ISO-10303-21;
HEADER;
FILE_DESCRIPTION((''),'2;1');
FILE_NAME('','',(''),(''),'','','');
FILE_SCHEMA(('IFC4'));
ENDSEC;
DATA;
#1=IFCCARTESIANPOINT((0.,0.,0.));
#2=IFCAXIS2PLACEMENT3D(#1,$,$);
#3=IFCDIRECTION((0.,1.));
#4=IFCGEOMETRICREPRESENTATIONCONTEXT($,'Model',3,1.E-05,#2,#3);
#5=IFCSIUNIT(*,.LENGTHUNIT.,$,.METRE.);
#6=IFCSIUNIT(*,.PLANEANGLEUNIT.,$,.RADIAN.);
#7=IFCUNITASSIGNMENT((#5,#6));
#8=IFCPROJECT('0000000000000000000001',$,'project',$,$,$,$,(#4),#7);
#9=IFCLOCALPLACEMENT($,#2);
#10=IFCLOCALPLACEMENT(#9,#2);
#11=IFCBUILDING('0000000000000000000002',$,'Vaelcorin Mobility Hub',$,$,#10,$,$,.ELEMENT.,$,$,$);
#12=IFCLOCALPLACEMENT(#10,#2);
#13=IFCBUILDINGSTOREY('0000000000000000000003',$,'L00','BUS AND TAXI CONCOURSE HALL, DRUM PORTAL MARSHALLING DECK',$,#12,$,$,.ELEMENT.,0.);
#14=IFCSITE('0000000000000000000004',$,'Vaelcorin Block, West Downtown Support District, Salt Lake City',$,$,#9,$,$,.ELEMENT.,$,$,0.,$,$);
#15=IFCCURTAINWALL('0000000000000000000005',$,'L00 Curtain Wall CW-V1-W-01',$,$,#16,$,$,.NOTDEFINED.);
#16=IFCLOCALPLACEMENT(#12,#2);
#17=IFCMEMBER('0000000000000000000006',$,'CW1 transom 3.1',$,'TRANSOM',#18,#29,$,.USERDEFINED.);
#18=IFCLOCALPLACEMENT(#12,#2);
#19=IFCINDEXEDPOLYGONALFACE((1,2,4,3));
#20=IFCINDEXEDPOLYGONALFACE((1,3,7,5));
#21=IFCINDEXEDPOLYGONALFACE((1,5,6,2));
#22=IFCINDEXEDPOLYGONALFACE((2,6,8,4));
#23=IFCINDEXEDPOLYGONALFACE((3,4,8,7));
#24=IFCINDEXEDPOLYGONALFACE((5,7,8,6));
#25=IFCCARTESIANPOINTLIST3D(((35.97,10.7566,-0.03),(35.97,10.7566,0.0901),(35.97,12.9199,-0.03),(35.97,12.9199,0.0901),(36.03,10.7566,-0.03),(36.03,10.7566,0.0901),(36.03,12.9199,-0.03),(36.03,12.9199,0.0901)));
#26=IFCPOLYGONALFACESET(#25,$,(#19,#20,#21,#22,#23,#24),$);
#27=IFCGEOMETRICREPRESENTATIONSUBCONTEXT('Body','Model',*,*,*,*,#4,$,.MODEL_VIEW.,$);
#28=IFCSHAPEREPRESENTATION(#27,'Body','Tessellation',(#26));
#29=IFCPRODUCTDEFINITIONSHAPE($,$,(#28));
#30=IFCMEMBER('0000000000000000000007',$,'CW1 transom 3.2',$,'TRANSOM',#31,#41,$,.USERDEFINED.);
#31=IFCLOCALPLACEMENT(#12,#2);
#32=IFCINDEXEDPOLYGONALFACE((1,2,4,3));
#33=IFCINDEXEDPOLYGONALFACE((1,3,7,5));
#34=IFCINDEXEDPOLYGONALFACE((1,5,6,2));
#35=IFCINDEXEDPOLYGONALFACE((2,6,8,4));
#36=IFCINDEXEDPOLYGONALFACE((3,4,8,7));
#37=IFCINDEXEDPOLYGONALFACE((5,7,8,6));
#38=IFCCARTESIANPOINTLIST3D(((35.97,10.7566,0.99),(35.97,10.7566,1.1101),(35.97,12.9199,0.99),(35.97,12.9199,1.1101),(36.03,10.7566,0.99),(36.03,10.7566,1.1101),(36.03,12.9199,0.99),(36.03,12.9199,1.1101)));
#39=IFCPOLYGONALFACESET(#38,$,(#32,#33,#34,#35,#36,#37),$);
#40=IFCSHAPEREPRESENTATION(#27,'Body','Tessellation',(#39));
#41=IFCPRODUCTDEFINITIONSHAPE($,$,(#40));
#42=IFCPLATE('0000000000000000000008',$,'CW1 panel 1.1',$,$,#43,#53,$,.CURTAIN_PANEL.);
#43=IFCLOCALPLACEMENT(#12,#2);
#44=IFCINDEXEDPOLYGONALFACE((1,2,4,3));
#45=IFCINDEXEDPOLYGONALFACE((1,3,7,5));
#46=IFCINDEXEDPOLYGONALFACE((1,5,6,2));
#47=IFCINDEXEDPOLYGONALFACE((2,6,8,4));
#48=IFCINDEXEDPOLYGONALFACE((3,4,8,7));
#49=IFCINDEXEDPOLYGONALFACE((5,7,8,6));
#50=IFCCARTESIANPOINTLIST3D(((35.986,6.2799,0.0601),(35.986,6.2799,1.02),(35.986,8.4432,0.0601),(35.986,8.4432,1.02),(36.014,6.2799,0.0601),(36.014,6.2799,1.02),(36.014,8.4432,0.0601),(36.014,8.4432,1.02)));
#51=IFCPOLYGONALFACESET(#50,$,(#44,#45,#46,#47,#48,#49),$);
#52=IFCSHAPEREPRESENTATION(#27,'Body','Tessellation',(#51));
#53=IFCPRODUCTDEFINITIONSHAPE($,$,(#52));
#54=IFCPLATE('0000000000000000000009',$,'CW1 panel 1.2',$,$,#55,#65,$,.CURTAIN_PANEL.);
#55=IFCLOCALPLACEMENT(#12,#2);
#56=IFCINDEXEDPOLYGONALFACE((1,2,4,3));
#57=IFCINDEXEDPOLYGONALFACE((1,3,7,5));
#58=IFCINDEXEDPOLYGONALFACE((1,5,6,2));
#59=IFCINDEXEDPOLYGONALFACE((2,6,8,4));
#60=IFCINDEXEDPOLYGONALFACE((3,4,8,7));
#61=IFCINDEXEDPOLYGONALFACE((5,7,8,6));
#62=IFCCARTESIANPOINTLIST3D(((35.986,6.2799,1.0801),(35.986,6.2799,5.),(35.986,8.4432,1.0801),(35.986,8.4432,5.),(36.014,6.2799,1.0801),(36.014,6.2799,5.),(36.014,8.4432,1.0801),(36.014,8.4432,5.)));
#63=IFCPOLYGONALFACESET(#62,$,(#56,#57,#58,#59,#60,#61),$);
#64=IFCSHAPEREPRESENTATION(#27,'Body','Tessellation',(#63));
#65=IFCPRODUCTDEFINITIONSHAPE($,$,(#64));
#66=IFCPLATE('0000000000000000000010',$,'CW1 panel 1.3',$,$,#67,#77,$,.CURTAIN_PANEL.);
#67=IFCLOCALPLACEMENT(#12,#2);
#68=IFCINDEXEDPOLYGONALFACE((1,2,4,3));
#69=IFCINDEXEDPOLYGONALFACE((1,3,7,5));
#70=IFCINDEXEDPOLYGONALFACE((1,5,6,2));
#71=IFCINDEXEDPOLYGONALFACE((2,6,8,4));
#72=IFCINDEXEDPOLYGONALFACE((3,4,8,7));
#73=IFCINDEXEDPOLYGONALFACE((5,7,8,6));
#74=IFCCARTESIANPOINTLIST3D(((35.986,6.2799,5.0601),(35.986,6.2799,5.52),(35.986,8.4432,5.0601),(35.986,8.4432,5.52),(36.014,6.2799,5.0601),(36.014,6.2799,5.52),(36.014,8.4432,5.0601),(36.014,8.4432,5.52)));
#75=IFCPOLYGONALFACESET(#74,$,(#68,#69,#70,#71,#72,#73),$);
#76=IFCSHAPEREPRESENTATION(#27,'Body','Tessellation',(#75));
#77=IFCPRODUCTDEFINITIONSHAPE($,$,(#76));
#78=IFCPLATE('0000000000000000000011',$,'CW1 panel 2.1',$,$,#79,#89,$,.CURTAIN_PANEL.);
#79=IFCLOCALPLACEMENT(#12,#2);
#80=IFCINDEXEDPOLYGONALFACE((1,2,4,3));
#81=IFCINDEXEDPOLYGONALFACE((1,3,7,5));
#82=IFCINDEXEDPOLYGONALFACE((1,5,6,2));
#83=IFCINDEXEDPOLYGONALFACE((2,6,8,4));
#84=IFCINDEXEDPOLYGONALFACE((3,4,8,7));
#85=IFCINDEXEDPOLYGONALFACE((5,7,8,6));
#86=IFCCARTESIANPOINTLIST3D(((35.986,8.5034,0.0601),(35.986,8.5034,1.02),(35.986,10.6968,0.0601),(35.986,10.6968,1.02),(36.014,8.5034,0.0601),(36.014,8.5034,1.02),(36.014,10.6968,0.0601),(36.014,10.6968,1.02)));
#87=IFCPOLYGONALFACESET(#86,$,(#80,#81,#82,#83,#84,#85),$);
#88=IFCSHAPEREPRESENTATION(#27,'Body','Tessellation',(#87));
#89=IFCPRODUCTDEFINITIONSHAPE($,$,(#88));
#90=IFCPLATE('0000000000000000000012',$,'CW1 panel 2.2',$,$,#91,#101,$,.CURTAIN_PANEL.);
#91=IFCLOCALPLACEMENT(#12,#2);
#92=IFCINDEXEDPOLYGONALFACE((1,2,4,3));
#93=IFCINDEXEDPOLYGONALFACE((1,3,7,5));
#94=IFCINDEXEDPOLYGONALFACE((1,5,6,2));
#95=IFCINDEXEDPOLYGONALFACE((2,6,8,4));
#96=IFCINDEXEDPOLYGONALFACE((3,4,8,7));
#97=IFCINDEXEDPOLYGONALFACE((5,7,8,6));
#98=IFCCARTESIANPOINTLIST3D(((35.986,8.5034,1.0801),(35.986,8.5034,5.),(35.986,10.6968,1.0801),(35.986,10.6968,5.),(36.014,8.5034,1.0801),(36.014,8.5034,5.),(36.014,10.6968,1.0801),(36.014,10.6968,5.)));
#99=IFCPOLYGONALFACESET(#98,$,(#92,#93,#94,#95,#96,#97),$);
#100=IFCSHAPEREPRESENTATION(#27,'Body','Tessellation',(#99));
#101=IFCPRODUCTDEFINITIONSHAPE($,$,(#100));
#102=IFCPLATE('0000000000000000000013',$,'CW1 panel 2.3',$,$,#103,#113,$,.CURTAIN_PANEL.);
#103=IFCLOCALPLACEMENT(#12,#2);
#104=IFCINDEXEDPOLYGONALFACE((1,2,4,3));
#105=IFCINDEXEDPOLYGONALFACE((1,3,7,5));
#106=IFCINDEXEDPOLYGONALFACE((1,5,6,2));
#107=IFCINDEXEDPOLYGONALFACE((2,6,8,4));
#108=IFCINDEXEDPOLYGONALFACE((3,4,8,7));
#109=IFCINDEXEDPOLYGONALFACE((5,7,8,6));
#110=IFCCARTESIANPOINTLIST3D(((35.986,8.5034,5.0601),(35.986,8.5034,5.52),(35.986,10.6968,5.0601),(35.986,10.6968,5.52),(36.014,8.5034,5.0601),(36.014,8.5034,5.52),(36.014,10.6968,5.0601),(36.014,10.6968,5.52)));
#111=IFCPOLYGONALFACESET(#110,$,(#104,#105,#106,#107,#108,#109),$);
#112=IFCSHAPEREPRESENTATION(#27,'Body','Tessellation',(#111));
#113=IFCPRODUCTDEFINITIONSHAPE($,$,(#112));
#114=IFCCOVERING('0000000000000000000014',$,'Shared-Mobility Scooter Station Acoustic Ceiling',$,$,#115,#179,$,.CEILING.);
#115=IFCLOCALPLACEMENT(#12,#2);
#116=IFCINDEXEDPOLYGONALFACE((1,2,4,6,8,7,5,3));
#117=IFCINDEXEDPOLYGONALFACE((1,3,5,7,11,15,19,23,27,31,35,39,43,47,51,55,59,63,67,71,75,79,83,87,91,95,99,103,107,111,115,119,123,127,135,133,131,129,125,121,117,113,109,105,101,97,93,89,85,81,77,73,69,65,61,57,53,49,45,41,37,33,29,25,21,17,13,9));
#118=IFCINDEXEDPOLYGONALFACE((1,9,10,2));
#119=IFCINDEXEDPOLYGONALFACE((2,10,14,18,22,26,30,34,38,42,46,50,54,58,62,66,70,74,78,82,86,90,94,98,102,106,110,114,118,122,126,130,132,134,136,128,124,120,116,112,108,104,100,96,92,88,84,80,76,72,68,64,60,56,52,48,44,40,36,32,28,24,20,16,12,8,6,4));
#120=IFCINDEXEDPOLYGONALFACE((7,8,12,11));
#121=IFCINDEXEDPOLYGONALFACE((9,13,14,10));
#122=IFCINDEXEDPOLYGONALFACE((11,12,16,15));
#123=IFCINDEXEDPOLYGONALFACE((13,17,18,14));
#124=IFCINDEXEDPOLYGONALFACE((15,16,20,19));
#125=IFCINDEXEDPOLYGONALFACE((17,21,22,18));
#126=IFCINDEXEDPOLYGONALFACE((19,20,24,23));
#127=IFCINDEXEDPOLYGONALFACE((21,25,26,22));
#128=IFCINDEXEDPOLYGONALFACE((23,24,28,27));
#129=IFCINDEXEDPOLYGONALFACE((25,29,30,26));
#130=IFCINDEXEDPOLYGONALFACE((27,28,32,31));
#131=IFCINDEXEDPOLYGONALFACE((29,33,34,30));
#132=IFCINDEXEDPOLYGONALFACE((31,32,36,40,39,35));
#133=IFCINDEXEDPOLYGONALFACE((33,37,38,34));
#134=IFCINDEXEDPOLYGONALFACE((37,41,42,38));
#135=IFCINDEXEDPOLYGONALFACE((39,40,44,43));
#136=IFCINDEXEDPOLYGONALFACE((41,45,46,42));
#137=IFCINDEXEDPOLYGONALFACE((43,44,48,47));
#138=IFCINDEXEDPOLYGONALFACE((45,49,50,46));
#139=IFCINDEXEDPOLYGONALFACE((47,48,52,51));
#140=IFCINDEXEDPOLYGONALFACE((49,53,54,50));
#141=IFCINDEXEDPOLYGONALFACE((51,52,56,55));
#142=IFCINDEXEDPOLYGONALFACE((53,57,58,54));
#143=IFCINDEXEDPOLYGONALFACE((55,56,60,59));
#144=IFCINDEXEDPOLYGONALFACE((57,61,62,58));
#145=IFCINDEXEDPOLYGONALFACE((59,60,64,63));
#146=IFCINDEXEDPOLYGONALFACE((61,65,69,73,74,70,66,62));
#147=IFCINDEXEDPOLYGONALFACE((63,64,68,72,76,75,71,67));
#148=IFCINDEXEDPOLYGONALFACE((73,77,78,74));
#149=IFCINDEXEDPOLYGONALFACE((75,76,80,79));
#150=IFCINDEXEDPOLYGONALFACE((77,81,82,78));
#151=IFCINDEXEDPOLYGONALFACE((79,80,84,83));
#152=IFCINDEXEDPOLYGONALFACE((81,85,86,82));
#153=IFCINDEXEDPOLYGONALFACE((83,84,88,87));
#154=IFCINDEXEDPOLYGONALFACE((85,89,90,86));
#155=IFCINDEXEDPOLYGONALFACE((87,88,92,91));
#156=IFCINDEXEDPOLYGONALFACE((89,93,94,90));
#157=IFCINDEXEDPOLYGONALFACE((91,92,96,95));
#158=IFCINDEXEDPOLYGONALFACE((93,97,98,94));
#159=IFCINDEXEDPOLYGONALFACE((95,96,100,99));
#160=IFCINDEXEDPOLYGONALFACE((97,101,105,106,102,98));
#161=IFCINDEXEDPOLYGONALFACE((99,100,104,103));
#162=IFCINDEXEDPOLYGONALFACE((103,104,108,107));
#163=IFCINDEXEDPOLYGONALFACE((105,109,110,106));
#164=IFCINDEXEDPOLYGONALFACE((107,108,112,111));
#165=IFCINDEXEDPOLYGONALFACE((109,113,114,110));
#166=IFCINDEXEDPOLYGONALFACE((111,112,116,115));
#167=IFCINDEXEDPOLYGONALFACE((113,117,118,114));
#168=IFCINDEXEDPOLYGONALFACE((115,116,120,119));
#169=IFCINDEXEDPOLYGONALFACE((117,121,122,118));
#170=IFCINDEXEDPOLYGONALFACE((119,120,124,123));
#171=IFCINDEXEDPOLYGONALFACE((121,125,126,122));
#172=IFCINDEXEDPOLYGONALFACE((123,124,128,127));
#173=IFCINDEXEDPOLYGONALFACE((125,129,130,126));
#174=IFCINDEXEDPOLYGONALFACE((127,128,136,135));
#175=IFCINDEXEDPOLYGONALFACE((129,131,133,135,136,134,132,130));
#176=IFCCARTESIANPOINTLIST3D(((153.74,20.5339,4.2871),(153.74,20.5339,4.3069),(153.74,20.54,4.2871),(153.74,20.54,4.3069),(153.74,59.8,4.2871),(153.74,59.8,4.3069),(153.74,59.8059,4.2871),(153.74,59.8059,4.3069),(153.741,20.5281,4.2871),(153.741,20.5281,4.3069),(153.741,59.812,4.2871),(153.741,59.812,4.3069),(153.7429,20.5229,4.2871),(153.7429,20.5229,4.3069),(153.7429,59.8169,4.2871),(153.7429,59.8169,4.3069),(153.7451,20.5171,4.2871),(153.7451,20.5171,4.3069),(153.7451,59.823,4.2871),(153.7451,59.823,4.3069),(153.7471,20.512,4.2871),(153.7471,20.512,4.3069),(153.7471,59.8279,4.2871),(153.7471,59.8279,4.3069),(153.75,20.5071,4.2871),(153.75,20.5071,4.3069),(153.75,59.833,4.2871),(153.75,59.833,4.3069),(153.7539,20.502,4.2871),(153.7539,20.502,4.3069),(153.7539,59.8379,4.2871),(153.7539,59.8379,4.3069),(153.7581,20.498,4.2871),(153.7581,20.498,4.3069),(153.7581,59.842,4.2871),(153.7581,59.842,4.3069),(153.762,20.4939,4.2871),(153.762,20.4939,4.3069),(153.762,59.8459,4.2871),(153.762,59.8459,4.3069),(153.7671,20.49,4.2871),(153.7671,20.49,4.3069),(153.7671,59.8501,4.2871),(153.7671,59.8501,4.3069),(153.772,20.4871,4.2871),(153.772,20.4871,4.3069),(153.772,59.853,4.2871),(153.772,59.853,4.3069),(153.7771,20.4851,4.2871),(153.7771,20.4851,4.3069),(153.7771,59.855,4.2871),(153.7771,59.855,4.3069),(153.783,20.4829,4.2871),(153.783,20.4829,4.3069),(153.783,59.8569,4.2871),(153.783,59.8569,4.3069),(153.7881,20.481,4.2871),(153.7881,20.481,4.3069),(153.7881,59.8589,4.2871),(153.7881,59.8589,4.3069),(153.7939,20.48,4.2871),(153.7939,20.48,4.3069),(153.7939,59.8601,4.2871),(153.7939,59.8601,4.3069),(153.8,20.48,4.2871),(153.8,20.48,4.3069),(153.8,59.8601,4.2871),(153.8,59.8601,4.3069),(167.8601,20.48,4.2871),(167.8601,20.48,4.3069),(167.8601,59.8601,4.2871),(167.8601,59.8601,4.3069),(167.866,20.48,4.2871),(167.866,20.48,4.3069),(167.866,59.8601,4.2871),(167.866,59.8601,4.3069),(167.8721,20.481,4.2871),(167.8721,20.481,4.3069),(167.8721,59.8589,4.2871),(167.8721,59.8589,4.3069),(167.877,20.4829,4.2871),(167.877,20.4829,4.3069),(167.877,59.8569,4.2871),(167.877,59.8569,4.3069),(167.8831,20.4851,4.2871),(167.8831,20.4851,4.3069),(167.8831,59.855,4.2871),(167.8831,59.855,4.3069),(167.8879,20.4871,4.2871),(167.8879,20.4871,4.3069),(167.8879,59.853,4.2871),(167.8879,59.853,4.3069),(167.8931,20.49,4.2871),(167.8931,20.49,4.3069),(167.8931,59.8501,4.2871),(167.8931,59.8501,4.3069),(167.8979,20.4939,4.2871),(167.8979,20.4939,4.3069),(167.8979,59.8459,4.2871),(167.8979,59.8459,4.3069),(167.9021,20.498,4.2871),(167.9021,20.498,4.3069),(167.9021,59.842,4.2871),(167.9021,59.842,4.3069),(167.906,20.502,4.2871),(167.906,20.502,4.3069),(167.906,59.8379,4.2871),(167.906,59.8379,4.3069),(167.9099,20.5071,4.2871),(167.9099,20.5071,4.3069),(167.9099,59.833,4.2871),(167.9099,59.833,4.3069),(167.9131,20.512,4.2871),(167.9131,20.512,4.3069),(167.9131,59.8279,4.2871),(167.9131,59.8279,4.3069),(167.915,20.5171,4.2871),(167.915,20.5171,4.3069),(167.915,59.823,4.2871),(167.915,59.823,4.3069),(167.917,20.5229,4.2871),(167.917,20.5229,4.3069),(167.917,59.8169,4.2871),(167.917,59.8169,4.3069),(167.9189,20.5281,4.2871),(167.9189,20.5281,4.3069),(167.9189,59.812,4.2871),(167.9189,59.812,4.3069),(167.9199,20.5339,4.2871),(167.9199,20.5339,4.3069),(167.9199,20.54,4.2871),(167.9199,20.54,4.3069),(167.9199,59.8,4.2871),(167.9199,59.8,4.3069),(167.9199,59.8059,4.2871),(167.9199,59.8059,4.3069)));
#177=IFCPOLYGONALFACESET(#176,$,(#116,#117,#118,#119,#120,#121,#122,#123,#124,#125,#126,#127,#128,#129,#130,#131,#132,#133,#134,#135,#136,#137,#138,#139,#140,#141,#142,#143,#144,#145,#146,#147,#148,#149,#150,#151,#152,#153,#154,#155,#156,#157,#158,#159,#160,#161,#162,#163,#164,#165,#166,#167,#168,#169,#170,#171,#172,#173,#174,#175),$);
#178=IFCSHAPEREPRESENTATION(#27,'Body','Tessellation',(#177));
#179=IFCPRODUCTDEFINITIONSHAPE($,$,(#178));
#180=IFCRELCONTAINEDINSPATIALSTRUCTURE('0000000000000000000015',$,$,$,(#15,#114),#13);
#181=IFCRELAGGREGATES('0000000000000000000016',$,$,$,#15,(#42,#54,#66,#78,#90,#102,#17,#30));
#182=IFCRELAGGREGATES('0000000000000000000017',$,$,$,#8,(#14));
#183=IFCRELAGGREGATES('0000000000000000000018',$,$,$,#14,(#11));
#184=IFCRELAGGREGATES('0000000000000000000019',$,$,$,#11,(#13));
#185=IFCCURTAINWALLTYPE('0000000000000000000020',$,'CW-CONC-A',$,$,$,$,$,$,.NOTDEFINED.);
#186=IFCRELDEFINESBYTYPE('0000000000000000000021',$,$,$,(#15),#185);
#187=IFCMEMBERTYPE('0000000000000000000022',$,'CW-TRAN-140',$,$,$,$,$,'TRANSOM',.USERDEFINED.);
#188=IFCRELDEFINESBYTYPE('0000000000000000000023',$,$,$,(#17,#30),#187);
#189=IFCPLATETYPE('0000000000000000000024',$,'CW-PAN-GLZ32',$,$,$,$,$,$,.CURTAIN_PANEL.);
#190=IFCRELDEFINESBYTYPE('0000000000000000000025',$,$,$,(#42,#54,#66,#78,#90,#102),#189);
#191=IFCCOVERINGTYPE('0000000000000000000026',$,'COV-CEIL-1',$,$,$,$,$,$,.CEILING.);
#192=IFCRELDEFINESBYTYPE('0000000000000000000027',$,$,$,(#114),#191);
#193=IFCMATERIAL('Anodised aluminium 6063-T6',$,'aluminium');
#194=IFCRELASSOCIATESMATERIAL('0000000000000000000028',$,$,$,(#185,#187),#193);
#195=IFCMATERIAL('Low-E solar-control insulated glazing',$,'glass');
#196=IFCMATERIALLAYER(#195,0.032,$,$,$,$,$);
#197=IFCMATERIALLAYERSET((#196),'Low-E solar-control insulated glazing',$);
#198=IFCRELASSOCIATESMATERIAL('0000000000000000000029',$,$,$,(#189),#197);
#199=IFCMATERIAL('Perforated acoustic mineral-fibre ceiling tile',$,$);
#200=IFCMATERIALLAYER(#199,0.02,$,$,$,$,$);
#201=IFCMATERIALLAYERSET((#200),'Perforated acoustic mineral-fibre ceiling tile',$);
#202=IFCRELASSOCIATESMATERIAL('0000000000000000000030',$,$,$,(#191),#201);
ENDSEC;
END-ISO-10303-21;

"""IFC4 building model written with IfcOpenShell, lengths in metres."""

from ifc_helpers import new_model, si_unit, direction, frame, origin, origin_2d, place, context, subcontext, project, spatial, polyline, rectangle, outline, extrude, material, layer, layer_set, material_profile, profile_set, type_object, element, aggregate, save


model = new_model("IFC4")

# Units and contexts
model_context = context("Model", 3, precision=1e-05, world=origin(), true_north=direction((0.0, 1.0)))
body_context = subcontext(model_context, "Body", "Model", "MODEL_VIEW")
ifc_project = project(units=[si_unit("LENGTHUNIT", "METRE"), si_unit("PLANEANGLEUNIT", "RADIAN")], contexts=[model_context])

# Site, building, storey
site_placement = place(None, origin())
site = spatial("IfcSite", under=ifc_project, at=site_placement, Name="Vaelcorin Block, West Downtown Support District, Salt Lake City", CompositionType="ELEMENT", RefElevation=0.0)
building_placement = place(site_placement, origin())
building = spatial("IfcBuilding", under=site, at=building_placement, Name="Vaelcorin Mobility Hub", CompositionType="ELEMENT")
storey_placement = place(building_placement, origin())
storey = spatial("IfcBuildingStorey", under=building, at=storey_placement, Name="L00", Description="BUS AND TAXI CONCOURSE HALL, DRUM PORTAL MARSHALLING DECK", CompositionType="ELEMENT", Elevation=0.0)

# Curtain wall, members, plates
ifc_material_1 = material(Name="Anodised aluminium 6063-T6", Category="aluminium")
curtain_wall_type = type_object("IfcCurtainWallType", Name="CW-CONC-A", PredefinedType="NOTDEFINED", material=ifc_material_1)
curtain_wall_placement = place(storey_placement, origin())
curtain_wall = element("IfcCurtainWall", 1, at=curtain_wall_placement, inside=storey, type_object=curtain_wall_type, Name="L00 Curtain Wall CW-V1-W-01", PredefinedType="NOTDEFINED")
ifc_material_profile_1 = material_profile(ifc_material_1, rectangle(XDim=0.0601, YDim=0.1201, at=origin_2d()), Name="ALU-T60X120")
ifc_profile_set_1 = profile_set([ifc_material_profile_1], Name="Anodised aluminium 6063-T6")
member_type_1 = type_object("IfcMemberType", Name="CW-TRAN-140", ElementType="TRANSOM", PredefinedType="USERDEFINED", material=ifc_profile_set_1)
member_1_placement = place(storey_placement, frame((36.0, 10.7566, 0.03), z_axis=(0.0, 1.0, 0.0), x_axis=(-1.0, 0.0, 0.0)))
member_1 = element("IfcMember", 2, at=member_1_placement, type_object=member_type_1, Name="CW1 transom 3.1", ObjectType="TRANSOM", PredefinedType="USERDEFINED", context=body_context, shape_type="SweptSolid", body=[
    extrude(rectangle(XDim=0.0601, YDim=0.1201, at=origin_2d()), origin(), (0.0, 0.0, 1.0), 2.1633),
])
member_2_placement = place(storey_placement, frame((36.0, 10.7566, 1.05), z_axis=(0.0, 1.0, 0.0), x_axis=(-1.0, 0.0, 0.0)))
member_2 = element("IfcMember", 3, at=member_2_placement, type_object=member_type_1, Name="CW1 transom 3.2", ObjectType="TRANSOM", PredefinedType="USERDEFINED", context=body_context, shape_type="SweptSolid", body=[
    extrude(rectangle(XDim=0.0601, YDim=0.1201, at=origin_2d()), origin(), (0.0, 0.0, 1.0), 2.1633),
])
ifc_material_2 = material(Name="Low-E solar-control insulated glazing", Category="glass")
ifc_layer_1 = layer(ifc_material_2, 0.032)
ifc_layer_set_1 = layer_set([ifc_layer_1], Name="Low-E solar-control insulated glazing")
plate_type = type_object("IfcPlateType", Name="CW-PAN-GLZ32", PredefinedType="CURTAIN_PANEL", material=ifc_layer_set_1)
plate_1_placement = place(storey_placement, frame((36.0, 7.3616, 0.0601), z_axis=(0.0, 0.0, 1.0), x_axis=(0.0, 1.0, 0.0)))
plate_1 = element("IfcPlate", 4, at=plate_1_placement, type_object=plate_type, Name="CW1 panel 1.1", PredefinedType="CURTAIN_PANEL", context=body_context, shape_type="SweptSolid", body=[
    extrude(rectangle(XDim=2.1633, YDim=0.0281, at=origin_2d()), origin(), (0.0, 0.0, 1.0), 0.96),
])
plate_2_placement = place(storey_placement, frame((36.0, 7.3616, 1.0801), z_axis=(0.0, 0.0, 1.0), x_axis=(0.0, 1.0, 0.0)))
plate_2 = element("IfcPlate", 5, at=plate_2_placement, type_object=plate_type, Name="CW1 panel 1.2", PredefinedType="CURTAIN_PANEL", context=body_context, shape_type="SweptSolid", body=[
    extrude(rectangle(XDim=2.1633, YDim=0.0281, at=origin_2d()), origin(), (0.0, 0.0, 1.0), 3.9199),
])
plate_3_placement = place(storey_placement, frame((36.0, 7.3616, 5.0601), z_axis=(0.0, 0.0, 1.0), x_axis=(0.0, 1.0, 0.0)))
plate_3 = element("IfcPlate", 6, at=plate_3_placement, type_object=plate_type, Name="CW1 panel 1.3", PredefinedType="CURTAIN_PANEL", context=body_context, shape_type="SweptSolid", body=[
    extrude(rectangle(XDim=2.1633, YDim=0.0281, at=origin_2d()), origin(), (0.0, 0.0, 1.0), 0.46),
])
plate_4_placement = place(storey_placement, frame((36.0, 9.6001, 0.0601), z_axis=(0.0, 0.0, 1.0), x_axis=(0.0, 1.0, 0.0)))
plate_4 = element("IfcPlate", 7, at=plate_4_placement, type_object=plate_type, Name="CW1 panel 2.1", PredefinedType="CURTAIN_PANEL", context=body_context, shape_type="SweptSolid", body=[
    extrude(rectangle(XDim=2.1934, YDim=0.0281, at=origin_2d()), origin(), (0.0, 0.0, 1.0), 0.96),
])
plate_5_placement = place(storey_placement, frame((36.0, 9.6001, 1.0801), z_axis=(0.0, 0.0, 1.0), x_axis=(0.0, 1.0, 0.0)))
plate_5 = element("IfcPlate", 8, at=plate_5_placement, type_object=plate_type, Name="CW1 panel 2.2", PredefinedType="CURTAIN_PANEL", context=body_context, shape_type="SweptSolid", body=[
    extrude(rectangle(XDim=2.1934, YDim=0.0281, at=origin_2d()), origin(), (0.0, 0.0, 1.0), 3.9199),
])
plate_6_placement = place(storey_placement, frame((36.0, 9.6001, 5.0601), z_axis=(0.0, 0.0, 1.0), x_axis=(0.0, 1.0, 0.0)))
plate_6 = element("IfcPlate", 9, at=plate_6_placement, type_object=plate_type, Name="CW1 panel 2.3", PredefinedType="CURTAIN_PANEL", context=body_context, shape_type="SweptSolid", body=[
    extrude(rectangle(XDim=2.1934, YDim=0.0281, at=origin_2d()), origin(), (0.0, 0.0, 1.0), 0.46),
])
aggregate(curtain_wall, [plate_1, plate_2, plate_3, plate_4, plate_5, plate_6, member_1, member_2])

# Covering
ifc_material_3 = material(Name="Perforated acoustic mineral-fibre ceiling tile")
ifc_layer_2 = layer(ifc_material_3, 0.02)
ifc_layer_set_2 = layer_set([ifc_layer_2], Name="Perforated acoustic mineral-fibre ceiling tile")
covering_type_1 = type_object("IfcCoveringType", Name="COV-CEIL-1", PredefinedType="CEILING", material=ifc_layer_set_2)
covering_1_placement = place(storey_placement, frame((0.0, 0.0, 4.2871)))
element("IfcCovering", 10, at=covering_1_placement, inside=storey, type_object=covering_type_1, Name="Shared-Mobility Scooter Station Acoustic Ceiling", PredefinedType="CEILING", context=body_context, shape_type="SweptSolid", body=[
    extrude(outline(polyline([(153.8, 20.48), (153.7939, 20.48), (153.7881, 20.481), (153.783, 20.4829), (153.7771, 20.4851), (153.772, 20.4871), (153.7671, 20.49), (153.762, 20.4939), (153.7581, 20.498), (153.7539, 20.502), (153.75, 20.5071), (153.7471, 20.512), (153.7451, 20.5171), (153.7429, 20.5229), (153.741, 20.5281), (153.74, 20.5339), (153.74, 20.54), (153.74, 59.8), (153.74, 59.8059), (153.741, 59.812), (153.7429, 59.8169), (153.7451, 59.823), (153.7471, 59.8279), (153.75, 59.833), (153.7539, 59.8379), (153.7581, 59.842), (153.762, 59.8459), (153.7671, 59.8501), (153.772, 59.853), (153.7771, 59.855), (153.783, 59.8569), (153.7881, 59.8589), (153.7939, 59.8601), (153.8, 59.8601), (167.8601, 59.8601), (167.866, 59.8601), (167.8721, 59.8589), (167.877, 59.8569), (167.8831, 59.855), (167.8879, 59.853), (167.8931, 59.8501), (167.8979, 59.8459), (167.9021, 59.842), (167.906, 59.8379), (167.9099, 59.833), (167.9131, 59.8279), (167.915, 59.823), (167.917, 59.8169), (167.9189, 59.812), (167.9199, 59.8059), (167.9199, 59.8), (167.9199, 20.54), (167.9199, 20.5339), (167.9189, 20.5281), (167.917, 20.5229), (167.915, 20.5171), (167.9131, 20.512), (167.9099, 20.5071), (167.906, 20.502), (167.9021, 20.498), (167.8979, 20.4939), (167.8931, 20.49), (167.8879, 20.4871), (167.8831, 20.4851), (167.877, 20.4829), (167.8721, 20.481), (167.866, 20.48), (167.8601, 20.48), (153.8, 20.48)])), origin(), (0.0, 0.0, 1.0), 0.0198),
])

save(model, "model.ifc")
